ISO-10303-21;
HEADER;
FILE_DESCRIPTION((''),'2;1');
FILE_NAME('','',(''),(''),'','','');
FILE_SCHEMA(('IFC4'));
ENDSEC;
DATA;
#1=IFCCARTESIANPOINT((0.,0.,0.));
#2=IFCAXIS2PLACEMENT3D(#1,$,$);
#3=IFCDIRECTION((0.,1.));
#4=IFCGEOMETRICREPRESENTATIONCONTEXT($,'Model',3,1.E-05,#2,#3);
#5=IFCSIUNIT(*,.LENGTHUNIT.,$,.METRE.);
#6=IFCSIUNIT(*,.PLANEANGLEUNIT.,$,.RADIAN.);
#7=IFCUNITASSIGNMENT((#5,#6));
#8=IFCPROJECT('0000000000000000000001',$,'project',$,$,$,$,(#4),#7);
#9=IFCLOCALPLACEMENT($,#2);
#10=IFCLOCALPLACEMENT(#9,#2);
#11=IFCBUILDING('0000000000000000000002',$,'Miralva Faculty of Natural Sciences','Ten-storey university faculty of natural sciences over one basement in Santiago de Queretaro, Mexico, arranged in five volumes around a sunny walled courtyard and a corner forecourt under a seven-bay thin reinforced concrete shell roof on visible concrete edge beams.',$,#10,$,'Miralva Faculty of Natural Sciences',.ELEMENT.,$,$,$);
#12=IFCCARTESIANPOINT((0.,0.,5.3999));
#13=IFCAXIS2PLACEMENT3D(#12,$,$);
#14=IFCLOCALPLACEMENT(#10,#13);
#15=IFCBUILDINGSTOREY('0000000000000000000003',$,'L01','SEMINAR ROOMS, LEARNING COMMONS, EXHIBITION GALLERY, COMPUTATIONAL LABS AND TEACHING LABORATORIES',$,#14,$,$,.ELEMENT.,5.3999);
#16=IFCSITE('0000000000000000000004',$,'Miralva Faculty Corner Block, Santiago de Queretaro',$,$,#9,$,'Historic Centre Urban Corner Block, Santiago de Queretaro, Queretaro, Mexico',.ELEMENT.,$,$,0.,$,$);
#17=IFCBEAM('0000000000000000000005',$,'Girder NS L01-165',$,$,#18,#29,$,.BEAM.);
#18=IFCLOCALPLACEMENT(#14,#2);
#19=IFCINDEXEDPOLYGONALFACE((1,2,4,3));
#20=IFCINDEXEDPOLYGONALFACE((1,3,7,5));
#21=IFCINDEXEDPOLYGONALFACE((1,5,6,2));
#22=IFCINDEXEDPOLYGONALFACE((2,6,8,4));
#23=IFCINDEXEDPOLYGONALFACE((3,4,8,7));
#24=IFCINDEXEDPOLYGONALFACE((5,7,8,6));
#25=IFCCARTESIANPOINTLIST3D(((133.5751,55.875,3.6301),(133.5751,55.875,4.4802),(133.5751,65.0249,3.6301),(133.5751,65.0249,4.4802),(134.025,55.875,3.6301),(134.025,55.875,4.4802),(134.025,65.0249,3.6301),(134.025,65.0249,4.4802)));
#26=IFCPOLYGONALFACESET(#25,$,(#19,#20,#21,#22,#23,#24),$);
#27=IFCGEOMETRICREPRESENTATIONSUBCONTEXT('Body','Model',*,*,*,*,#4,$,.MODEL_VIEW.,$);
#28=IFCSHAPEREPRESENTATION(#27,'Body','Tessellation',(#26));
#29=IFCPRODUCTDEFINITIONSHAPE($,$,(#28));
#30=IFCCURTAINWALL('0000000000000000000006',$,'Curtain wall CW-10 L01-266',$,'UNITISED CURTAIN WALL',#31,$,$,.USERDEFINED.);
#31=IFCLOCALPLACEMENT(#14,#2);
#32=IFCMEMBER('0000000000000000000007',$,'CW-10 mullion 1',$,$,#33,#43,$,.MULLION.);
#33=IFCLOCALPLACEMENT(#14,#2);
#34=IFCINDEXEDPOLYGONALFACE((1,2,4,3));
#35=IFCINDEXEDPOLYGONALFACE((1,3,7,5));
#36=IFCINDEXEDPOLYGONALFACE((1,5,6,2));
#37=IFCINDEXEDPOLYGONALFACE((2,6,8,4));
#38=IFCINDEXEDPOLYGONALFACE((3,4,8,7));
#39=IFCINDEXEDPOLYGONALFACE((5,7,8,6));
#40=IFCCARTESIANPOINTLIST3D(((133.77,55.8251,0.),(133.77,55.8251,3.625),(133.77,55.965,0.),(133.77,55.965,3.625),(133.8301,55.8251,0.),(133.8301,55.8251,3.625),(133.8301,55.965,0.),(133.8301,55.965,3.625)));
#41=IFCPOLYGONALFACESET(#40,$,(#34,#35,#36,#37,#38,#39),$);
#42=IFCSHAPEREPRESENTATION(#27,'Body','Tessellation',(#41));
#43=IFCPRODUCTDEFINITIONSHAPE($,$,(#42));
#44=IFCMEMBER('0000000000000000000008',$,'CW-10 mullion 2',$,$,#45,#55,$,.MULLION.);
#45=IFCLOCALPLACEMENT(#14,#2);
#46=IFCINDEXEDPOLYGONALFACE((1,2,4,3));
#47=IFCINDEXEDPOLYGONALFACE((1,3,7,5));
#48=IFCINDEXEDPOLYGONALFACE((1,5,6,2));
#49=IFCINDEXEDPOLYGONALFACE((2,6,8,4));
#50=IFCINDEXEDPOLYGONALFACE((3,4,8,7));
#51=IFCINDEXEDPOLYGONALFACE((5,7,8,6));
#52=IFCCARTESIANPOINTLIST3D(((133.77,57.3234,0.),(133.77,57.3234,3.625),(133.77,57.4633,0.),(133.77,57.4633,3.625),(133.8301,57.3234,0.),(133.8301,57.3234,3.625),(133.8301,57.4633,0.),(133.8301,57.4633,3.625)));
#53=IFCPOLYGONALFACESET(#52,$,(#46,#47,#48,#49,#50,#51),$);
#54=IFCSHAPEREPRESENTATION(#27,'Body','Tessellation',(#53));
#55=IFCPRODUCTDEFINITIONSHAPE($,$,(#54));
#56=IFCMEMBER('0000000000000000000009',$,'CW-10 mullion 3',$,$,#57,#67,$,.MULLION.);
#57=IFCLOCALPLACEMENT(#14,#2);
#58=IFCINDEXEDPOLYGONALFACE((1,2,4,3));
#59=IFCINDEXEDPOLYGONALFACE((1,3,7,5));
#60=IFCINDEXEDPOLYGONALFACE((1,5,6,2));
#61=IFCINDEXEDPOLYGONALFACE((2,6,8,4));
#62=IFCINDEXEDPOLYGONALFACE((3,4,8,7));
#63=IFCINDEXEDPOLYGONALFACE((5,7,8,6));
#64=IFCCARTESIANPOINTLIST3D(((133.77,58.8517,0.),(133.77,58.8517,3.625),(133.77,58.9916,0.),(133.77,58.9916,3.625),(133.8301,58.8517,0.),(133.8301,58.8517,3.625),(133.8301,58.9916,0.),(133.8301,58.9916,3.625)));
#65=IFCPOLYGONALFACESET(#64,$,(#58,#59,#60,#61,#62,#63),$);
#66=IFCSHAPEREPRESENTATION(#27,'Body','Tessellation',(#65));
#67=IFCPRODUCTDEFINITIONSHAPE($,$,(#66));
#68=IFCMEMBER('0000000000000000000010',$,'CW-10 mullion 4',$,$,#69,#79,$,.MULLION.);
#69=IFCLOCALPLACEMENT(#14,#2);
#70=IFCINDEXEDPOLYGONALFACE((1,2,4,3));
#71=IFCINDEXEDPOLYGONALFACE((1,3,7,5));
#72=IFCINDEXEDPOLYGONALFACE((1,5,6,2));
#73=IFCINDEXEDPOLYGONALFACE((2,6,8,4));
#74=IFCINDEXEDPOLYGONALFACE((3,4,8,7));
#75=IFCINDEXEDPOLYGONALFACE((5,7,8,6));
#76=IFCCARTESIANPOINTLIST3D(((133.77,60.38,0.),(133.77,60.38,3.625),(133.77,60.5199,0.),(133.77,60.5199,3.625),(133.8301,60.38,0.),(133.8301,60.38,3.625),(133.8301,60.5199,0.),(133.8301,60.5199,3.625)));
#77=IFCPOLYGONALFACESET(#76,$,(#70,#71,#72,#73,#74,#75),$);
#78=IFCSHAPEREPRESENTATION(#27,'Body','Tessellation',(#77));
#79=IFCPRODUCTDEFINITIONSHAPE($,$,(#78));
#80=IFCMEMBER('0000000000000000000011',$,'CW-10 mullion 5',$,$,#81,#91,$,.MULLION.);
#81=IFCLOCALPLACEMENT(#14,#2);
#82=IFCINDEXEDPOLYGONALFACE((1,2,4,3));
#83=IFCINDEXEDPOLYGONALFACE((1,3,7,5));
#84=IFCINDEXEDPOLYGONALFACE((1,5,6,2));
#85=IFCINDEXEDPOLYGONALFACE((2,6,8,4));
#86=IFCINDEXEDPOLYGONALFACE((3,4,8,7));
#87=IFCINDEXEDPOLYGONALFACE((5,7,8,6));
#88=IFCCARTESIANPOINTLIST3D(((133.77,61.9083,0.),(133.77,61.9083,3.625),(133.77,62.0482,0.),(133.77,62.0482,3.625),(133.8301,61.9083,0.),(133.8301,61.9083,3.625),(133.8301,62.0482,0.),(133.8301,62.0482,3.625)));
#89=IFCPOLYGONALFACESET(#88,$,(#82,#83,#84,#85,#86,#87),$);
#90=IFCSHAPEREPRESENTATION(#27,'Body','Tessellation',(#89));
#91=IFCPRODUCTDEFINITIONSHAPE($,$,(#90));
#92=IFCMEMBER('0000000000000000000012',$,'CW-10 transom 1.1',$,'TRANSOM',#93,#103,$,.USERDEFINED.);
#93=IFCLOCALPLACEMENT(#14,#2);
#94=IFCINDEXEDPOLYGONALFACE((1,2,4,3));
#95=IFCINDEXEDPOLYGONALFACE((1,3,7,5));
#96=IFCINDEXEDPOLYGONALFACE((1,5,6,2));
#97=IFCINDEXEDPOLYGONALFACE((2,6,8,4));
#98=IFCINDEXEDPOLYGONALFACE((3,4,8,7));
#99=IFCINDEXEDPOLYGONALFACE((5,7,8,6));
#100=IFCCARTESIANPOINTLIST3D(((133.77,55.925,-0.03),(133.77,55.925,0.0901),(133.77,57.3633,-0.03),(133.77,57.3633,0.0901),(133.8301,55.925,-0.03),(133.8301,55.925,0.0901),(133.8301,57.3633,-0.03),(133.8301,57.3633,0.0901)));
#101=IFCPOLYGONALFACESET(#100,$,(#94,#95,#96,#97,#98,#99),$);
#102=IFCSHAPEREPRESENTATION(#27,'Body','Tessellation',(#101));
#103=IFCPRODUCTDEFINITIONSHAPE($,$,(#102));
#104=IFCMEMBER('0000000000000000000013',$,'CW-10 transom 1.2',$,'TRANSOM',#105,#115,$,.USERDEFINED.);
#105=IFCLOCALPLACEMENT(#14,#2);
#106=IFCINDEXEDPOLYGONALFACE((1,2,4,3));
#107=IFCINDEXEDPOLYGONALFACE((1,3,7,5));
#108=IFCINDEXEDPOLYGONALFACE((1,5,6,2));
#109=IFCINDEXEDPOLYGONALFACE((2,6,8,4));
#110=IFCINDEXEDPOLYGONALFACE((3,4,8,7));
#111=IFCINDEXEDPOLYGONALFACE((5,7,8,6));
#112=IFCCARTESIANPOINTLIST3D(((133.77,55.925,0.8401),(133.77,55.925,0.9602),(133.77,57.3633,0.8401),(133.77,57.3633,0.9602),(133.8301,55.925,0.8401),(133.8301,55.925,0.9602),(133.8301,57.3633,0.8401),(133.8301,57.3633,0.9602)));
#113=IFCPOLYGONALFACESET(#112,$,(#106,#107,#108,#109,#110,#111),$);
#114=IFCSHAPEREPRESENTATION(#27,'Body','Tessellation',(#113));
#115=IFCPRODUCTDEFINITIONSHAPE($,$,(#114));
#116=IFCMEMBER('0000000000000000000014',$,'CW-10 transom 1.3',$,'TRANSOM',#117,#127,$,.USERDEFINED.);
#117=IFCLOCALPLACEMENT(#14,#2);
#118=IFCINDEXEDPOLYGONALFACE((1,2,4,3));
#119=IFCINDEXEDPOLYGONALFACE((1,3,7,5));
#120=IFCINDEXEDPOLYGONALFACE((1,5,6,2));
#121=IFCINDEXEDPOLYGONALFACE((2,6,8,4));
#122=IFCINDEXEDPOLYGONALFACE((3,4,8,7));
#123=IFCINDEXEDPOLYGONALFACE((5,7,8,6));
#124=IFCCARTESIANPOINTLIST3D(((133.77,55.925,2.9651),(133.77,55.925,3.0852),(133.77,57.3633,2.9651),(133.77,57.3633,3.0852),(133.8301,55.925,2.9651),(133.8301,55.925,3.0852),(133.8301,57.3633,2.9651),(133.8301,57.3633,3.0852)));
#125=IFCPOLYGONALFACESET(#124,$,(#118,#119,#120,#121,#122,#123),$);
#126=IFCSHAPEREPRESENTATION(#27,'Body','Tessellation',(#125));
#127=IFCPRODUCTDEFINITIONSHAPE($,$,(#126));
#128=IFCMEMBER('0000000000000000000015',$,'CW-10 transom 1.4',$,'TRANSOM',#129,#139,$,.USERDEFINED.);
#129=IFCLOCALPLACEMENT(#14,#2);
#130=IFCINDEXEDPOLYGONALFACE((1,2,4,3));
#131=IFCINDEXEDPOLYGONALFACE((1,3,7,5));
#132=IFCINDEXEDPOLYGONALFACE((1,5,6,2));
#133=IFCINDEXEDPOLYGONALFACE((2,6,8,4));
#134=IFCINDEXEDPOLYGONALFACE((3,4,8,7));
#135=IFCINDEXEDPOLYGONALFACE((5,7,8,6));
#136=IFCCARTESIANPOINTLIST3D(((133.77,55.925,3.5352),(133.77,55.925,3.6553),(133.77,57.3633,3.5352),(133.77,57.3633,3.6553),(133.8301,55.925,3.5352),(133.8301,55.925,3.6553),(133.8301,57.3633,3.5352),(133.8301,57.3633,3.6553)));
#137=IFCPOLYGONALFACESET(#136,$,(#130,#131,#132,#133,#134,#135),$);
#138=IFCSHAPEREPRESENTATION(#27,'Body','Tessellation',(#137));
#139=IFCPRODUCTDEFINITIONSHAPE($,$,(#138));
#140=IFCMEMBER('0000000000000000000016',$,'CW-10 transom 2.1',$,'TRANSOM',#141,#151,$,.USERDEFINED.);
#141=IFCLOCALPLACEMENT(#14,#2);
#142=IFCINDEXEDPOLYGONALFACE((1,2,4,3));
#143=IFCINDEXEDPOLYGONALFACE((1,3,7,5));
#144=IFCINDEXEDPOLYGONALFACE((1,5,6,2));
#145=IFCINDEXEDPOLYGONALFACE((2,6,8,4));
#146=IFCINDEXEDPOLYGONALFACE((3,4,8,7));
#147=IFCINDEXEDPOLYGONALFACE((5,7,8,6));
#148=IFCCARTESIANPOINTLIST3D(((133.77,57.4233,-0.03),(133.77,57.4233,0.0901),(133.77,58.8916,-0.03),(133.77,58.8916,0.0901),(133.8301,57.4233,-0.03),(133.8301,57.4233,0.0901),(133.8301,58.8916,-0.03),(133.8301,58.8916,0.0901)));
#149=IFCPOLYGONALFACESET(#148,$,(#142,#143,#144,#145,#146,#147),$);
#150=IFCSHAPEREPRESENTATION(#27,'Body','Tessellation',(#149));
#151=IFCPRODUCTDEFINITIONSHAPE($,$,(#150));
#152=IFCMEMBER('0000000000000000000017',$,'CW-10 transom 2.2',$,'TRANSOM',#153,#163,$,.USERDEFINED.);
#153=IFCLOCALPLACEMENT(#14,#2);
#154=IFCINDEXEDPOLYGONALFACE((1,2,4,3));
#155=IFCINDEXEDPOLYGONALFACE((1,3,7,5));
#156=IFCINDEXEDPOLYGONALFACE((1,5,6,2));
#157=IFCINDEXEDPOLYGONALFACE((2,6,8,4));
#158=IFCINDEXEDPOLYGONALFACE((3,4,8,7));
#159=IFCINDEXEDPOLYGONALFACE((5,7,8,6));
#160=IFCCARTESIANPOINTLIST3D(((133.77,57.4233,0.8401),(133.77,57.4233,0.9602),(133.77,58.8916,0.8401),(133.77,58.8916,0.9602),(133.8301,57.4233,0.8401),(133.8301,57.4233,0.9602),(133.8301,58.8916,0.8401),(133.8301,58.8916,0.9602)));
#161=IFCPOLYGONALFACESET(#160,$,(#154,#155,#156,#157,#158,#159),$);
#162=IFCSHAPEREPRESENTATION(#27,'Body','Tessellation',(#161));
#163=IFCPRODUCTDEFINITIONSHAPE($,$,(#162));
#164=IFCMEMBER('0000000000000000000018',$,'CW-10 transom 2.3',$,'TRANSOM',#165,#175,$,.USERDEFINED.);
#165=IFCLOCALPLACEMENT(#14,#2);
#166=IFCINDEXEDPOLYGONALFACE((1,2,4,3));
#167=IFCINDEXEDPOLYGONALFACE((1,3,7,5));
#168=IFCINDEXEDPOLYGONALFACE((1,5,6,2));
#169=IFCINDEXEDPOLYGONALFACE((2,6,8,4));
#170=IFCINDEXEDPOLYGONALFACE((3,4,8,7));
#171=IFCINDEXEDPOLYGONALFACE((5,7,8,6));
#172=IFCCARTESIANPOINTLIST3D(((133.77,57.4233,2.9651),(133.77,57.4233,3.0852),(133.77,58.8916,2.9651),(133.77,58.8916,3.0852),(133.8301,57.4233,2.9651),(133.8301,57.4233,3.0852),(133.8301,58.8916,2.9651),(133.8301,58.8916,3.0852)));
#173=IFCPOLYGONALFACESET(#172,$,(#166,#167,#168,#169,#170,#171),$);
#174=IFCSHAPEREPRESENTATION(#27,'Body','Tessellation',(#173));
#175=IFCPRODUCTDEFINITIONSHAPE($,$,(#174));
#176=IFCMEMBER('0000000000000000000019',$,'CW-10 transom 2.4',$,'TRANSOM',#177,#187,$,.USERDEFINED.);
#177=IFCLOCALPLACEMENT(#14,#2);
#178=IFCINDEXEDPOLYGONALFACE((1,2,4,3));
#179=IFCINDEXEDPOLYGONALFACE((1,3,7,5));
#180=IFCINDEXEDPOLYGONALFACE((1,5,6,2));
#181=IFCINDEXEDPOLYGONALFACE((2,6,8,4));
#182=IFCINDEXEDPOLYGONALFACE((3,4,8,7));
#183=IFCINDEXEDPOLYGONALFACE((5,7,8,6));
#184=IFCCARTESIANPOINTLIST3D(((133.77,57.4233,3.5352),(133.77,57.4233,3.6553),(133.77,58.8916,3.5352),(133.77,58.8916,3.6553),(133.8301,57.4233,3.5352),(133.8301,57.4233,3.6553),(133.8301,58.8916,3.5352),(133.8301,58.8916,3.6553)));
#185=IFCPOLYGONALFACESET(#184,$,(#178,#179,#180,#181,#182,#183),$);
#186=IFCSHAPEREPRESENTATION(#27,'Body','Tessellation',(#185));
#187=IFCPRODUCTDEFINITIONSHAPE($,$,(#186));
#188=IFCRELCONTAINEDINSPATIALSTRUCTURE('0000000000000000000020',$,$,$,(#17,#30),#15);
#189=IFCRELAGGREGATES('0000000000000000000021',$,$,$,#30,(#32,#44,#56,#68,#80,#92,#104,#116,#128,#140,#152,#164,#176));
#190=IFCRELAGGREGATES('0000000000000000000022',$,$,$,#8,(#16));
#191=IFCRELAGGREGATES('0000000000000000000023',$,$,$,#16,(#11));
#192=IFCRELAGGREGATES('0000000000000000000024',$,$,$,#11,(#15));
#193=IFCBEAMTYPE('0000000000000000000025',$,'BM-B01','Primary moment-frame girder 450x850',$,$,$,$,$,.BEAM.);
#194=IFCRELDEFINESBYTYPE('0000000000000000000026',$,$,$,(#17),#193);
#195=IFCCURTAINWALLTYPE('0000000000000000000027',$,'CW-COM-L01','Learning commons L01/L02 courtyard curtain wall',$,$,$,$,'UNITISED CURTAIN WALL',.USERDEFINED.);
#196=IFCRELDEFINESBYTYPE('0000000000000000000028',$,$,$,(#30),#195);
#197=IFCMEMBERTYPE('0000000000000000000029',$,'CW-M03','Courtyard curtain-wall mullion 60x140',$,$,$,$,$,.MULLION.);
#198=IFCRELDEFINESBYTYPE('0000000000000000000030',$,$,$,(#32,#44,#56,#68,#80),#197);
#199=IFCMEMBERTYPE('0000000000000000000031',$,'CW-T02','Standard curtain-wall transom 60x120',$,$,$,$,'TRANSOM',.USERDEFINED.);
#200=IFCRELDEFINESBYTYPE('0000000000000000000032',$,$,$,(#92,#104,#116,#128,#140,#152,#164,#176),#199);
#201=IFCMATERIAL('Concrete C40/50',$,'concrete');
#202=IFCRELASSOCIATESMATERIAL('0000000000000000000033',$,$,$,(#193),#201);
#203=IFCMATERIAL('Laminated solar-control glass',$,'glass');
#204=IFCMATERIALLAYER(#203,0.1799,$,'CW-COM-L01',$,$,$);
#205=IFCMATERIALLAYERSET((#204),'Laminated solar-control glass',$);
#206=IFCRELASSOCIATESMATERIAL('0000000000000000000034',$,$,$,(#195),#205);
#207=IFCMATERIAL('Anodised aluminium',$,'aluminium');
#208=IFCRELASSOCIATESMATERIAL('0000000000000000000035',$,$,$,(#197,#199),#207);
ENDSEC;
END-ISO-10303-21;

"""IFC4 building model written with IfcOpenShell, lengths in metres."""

from ifc_helpers import new_model, si_unit, direction, frame, origin, origin_2d, place, context, subcontext, project, spatial, rectangle, extrude, material, layer, layer_set, material_profile, profile_set, type_object, element, aggregate, save


model = new_model("IFC4")

# Units and contexts
model_context = context("Model", 3, precision=1e-05, world=origin(), true_north=direction((0.0, 1.0)))
body_context = subcontext(model_context, "Body", "Model", "MODEL_VIEW")
ifc_project = project(units=[si_unit("LENGTHUNIT", "METRE"), si_unit("PLANEANGLEUNIT", "RADIAN")], contexts=[model_context])

# Site, building, storey
site_placement = place(None, origin())
site = spatial("IfcSite", under=ifc_project, at=site_placement, Name="Miralva Faculty Corner Block, Santiago de Queretaro", LongName="Historic Centre Urban Corner Block, Santiago de Queretaro, Queretaro, Mexico", CompositionType="ELEMENT", RefElevation=0.0)
building_placement = place(site_placement, origin())
building = spatial("IfcBuilding", under=site, at=building_placement, Name="Miralva Faculty of Natural Sciences", Description="Ten-storey university faculty of natural sciences over one basement in Santiago de Queretaro, Mexico, arranged in five volumes around a sunny walled courtyard and a corner forecourt under a seven-bay thin reinforced concrete shell roof on visible concrete edge beams.", LongName="Miralva Faculty of Natural Sciences", CompositionType="ELEMENT")
storey_placement = place(building_placement, frame((0.0, 0.0, 5.3999)))
storey = spatial("IfcBuildingStorey", under=building, at=storey_placement, Name="L01", Description="SEMINAR ROOMS, LEARNING COMMONS, EXHIBITION GALLERY, COMPUTATIONAL LABS AND TEACHING LABORATORIES", CompositionType="ELEMENT", Elevation=5.3999)

# Beam
ifc_material_1 = material(Name="Concrete C40/50", Category="concrete")
ifc_material_profile_1 = material_profile(ifc_material_1, rectangle(XDim=0.45, YDim=0.8501, at=origin_2d()), Name="RC 450x850")
ifc_profile_set_1 = profile_set([ifc_material_profile_1], Name="Concrete C40/50")
beam_type = type_object("IfcBeamType", Name="BM-B01", Description="Primary moment-frame girder 450x850", PredefinedType="BEAM", material=ifc_profile_set_1)
beam_placement = place(storey_placement, frame((133.8, 55.875, 4.0552), z_axis=(0.0, 1.0, 0.0), x_axis=(-1.0, 0.0, 0.0)))
element("IfcBeam", 1, at=beam_placement, inside=storey, type_object=beam_type, Name="Girder NS L01-165", PredefinedType="BEAM", context=body_context, shape_type="SweptSolid", body=[
    extrude(rectangle(XDim=0.45, YDim=0.8501, at=origin_2d()), origin(), (0.0, 0.0, 1.0), 9.1499),
])

# Curtain wall, members
ifc_material_2 = material(Name="Laminated solar-control glass", Category="glass")
ifc_layer_1 = layer(ifc_material_2, 0.1799, Name="CW-COM-L01")
ifc_layer_set_1 = layer_set([ifc_layer_1], Name="Laminated solar-control glass")
curtain_wall_type = type_object("IfcCurtainWallType", Name="CW-COM-L01", Description="Learning commons L01/L02 courtyard curtain wall", ElementType="UNITISED CURTAIN WALL", PredefinedType="USERDEFINED", material=ifc_layer_set_1)
curtain_wall_placement = place(storey_placement, origin())
curtain_wall = element("IfcCurtainWall", 2, at=curtain_wall_placement, inside=storey, type_object=curtain_wall_type, Name="Curtain wall CW-10 L01-266", ObjectType="UNITISED CURTAIN WALL", PredefinedType="USERDEFINED")
ifc_material_3 = material(Name="Anodised aluminium", Category="aluminium")
ifc_material_profile_2 = material_profile(ifc_material_3, rectangle(XDim=0.0601, YDim=0.1399, at=origin_2d()), Name="MULLION 60x140")
ifc_profile_set_2 = profile_set([ifc_material_profile_2], Name="Anodised aluminium")
member_type_1 = type_object("IfcMemberType", Name="CW-M03", Description="Courtyard curtain-wall mullion 60x140", PredefinedType="MULLION", material=ifc_profile_set_2)
member_1_placement = place(storey_placement, frame((133.8, 55.895, 0.0), z_axis=(0.0, 0.0, 1.0), x_axis=(-1.0, 0.0, 0.0)))
member_1 = element("IfcMember", 3, at=member_1_placement, type_object=member_type_1, Name="CW-10 mullion 1", PredefinedType="MULLION", context=body_context, shape_type="SweptSolid", body=[
    extrude(rectangle(XDim=0.0601, YDim=0.1399, at=origin_2d()), origin(), (0.0, 0.0, 1.0), 3.625),
])
member_2_placement = place(storey_placement, frame((133.8, 57.3933, 0.0), z_axis=(0.0, 0.0, 1.0), x_axis=(-1.0, 0.0, 0.0)))
member_2 = element("IfcMember", 4, at=member_2_placement, type_object=member_type_1, Name="CW-10 mullion 2", PredefinedType="MULLION", context=body_context, shape_type="SweptSolid", body=[
    extrude(rectangle(XDim=0.0601, YDim=0.1399, at=origin_2d()), origin(), (0.0, 0.0, 1.0), 3.625),
])
member_3_placement = place(storey_placement, frame((133.8, 58.9216, 0.0), z_axis=(0.0, 0.0, 1.0), x_axis=(-1.0, 0.0, 0.0)))
member_3 = element("IfcMember", 5, at=member_3_placement, type_object=member_type_1, Name="CW-10 mullion 3", PredefinedType="MULLION", context=body_context, shape_type="SweptSolid", body=[
    extrude(rectangle(XDim=0.0601, YDim=0.1399, at=origin_2d()), origin(), (0.0, 0.0, 1.0), 3.625),
])
member_4_placement = place(storey_placement, frame((133.8, 60.45, 0.0), z_axis=(0.0, 0.0, 1.0), x_axis=(-1.0, 0.0, 0.0)))
member_4 = element("IfcMember", 6, at=member_4_placement, type_object=member_type_1, Name="CW-10 mullion 4", PredefinedType="MULLION", context=body_context, shape_type="SweptSolid", body=[
    extrude(rectangle(XDim=0.0601, YDim=0.1399, at=origin_2d()), origin(), (0.0, 0.0, 1.0), 3.625),
])
member_5_placement = place(storey_placement, frame((133.8, 61.9783, 0.0), z_axis=(0.0, 0.0, 1.0), x_axis=(-1.0, 0.0, 0.0)))
member_5 = element("IfcMember", 7, at=member_5_placement, type_object=member_type_1, Name="CW-10 mullion 5", PredefinedType="MULLION", context=body_context, shape_type="SweptSolid", body=[
    extrude(rectangle(XDim=0.0601, YDim=0.1399, at=origin_2d()), origin(), (0.0, 0.0, 1.0), 3.625),
])
ifc_material_profile_3 = material_profile(ifc_material_3, rectangle(XDim=0.0601, YDim=0.1201, at=origin_2d()), Name="TRANSOM 60x120")
ifc_profile_set_3 = profile_set([ifc_material_profile_3], Name="Anodised aluminium")
member_type_2 = type_object("IfcMemberType", Name="CW-T02", Description="Standard curtain-wall transom 60x120", ElementType="TRANSOM", PredefinedType="USERDEFINED", material=ifc_profile_set_3)
member_6_placement = place(storey_placement, frame((133.8, 55.925, 0.03), z_axis=(0.0, 1.0, 0.0), x_axis=(-1.0, 0.0, 0.0)))
member_6 = element("IfcMember", 8, at=member_6_placement, type_object=member_type_2, Name="CW-10 transom 1.1", ObjectType="TRANSOM", PredefinedType="USERDEFINED", context=body_context, shape_type="SweptSolid", body=[
    extrude(rectangle(XDim=0.0601, YDim=0.1201, at=origin_2d()), origin(), (0.0, 0.0, 1.0), 1.4382),
])
member_7_placement = place(storey_placement, frame((133.8, 55.925, 0.9001), z_axis=(0.0, 1.0, 0.0), x_axis=(-1.0, 0.0, 0.0)))
member_7 = element("IfcMember", 9, at=member_7_placement, type_object=member_type_2, Name="CW-10 transom 1.2", ObjectType="TRANSOM", PredefinedType="USERDEFINED", context=body_context, shape_type="SweptSolid", body=[
    extrude(rectangle(XDim=0.0601, YDim=0.1201, at=origin_2d()), origin(), (0.0, 0.0, 1.0), 1.4382),
])
member_8_placement = place(storey_placement, frame((133.8, 55.925, 3.0251), z_axis=(0.0, 1.0, 0.0), x_axis=(-1.0, 0.0, 0.0)))
member_8 = element("IfcMember", 10, at=member_8_placement, type_object=member_type_2, Name="CW-10 transom 1.3", ObjectType="TRANSOM", PredefinedType="USERDEFINED", context=body_context, shape_type="SweptSolid", body=[
    extrude(rectangle(XDim=0.0601, YDim=0.1201, at=origin_2d()), origin(), (0.0, 0.0, 1.0), 1.4382),
])
member_9_placement = place(storey_placement, frame((133.8, 55.925, 3.5952), z_axis=(0.0, 1.0, 0.0), x_axis=(-1.0, 0.0, 0.0)))
member_9 = element("IfcMember", 11, at=member_9_placement, type_object=member_type_2, Name="CW-10 transom 1.4", ObjectType="TRANSOM", PredefinedType="USERDEFINED", context=body_context, shape_type="SweptSolid", body=[
    extrude(rectangle(XDim=0.0601, YDim=0.1201, at=origin_2d()), origin(), (0.0, 0.0, 1.0), 1.4382),
])
member_10_placement = place(storey_placement, frame((133.8, 57.4233, 0.03), z_axis=(0.0, 1.0, 0.0), x_axis=(-1.0, 0.0, 0.0)))
member_10 = element("IfcMember", 12, at=member_10_placement, type_object=member_type_2, Name="CW-10 transom 2.1", ObjectType="TRANSOM", PredefinedType="USERDEFINED", context=body_context, shape_type="SweptSolid", body=[
    extrude(rectangle(XDim=0.0601, YDim=0.1201, at=origin_2d()), origin(), (0.0, 0.0, 1.0), 1.4683),
])
member_11_placement = place(storey_placement, frame((133.8, 57.4233, 0.9001), z_axis=(0.0, 1.0, 0.0), x_axis=(-1.0, 0.0, 0.0)))
member_11 = element("IfcMember", 13, at=member_11_placement, type_object=member_type_2, Name="CW-10 transom 2.2", ObjectType="TRANSOM", PredefinedType="USERDEFINED", context=body_context, shape_type="SweptSolid", body=[
    extrude(rectangle(XDim=0.0601, YDim=0.1201, at=origin_2d()), origin(), (0.0, 0.0, 1.0), 1.4683),
])
member_12_placement = place(storey_placement, frame((133.8, 57.4233, 3.0251), z_axis=(0.0, 1.0, 0.0), x_axis=(-1.0, 0.0, 0.0)))
member_12 = element("IfcMember", 14, at=member_12_placement, type_object=member_type_2, Name="CW-10 transom 2.3", ObjectType="TRANSOM", PredefinedType="USERDEFINED", context=body_context, shape_type="SweptSolid", body=[
    extrude(rectangle(XDim=0.0601, YDim=0.1201, at=origin_2d()), origin(), (0.0, 0.0, 1.0), 1.4683),
])
member_13_placement = place(storey_placement, frame((133.8, 57.4233, 3.5952), z_axis=(0.0, 1.0, 0.0), x_axis=(-1.0, 0.0, 0.0)))
member_13 = element("IfcMember", 15, at=member_13_placement, type_object=member_type_2, Name="CW-10 transom 2.4", ObjectType="TRANSOM", PredefinedType="USERDEFINED", context=body_context, shape_type="SweptSolid", body=[
    extrude(rectangle(XDim=0.0601, YDim=0.1201, at=origin_2d()), origin(), (0.0, 0.0, 1.0), 1.4683),
])
aggregate(curtain_wall, [member_1, member_2, member_3, member_4, member_5, member_6, member_7, member_8, member_9, member_10, member_11, member_12, member_13])

save(model, "model.ifc")
